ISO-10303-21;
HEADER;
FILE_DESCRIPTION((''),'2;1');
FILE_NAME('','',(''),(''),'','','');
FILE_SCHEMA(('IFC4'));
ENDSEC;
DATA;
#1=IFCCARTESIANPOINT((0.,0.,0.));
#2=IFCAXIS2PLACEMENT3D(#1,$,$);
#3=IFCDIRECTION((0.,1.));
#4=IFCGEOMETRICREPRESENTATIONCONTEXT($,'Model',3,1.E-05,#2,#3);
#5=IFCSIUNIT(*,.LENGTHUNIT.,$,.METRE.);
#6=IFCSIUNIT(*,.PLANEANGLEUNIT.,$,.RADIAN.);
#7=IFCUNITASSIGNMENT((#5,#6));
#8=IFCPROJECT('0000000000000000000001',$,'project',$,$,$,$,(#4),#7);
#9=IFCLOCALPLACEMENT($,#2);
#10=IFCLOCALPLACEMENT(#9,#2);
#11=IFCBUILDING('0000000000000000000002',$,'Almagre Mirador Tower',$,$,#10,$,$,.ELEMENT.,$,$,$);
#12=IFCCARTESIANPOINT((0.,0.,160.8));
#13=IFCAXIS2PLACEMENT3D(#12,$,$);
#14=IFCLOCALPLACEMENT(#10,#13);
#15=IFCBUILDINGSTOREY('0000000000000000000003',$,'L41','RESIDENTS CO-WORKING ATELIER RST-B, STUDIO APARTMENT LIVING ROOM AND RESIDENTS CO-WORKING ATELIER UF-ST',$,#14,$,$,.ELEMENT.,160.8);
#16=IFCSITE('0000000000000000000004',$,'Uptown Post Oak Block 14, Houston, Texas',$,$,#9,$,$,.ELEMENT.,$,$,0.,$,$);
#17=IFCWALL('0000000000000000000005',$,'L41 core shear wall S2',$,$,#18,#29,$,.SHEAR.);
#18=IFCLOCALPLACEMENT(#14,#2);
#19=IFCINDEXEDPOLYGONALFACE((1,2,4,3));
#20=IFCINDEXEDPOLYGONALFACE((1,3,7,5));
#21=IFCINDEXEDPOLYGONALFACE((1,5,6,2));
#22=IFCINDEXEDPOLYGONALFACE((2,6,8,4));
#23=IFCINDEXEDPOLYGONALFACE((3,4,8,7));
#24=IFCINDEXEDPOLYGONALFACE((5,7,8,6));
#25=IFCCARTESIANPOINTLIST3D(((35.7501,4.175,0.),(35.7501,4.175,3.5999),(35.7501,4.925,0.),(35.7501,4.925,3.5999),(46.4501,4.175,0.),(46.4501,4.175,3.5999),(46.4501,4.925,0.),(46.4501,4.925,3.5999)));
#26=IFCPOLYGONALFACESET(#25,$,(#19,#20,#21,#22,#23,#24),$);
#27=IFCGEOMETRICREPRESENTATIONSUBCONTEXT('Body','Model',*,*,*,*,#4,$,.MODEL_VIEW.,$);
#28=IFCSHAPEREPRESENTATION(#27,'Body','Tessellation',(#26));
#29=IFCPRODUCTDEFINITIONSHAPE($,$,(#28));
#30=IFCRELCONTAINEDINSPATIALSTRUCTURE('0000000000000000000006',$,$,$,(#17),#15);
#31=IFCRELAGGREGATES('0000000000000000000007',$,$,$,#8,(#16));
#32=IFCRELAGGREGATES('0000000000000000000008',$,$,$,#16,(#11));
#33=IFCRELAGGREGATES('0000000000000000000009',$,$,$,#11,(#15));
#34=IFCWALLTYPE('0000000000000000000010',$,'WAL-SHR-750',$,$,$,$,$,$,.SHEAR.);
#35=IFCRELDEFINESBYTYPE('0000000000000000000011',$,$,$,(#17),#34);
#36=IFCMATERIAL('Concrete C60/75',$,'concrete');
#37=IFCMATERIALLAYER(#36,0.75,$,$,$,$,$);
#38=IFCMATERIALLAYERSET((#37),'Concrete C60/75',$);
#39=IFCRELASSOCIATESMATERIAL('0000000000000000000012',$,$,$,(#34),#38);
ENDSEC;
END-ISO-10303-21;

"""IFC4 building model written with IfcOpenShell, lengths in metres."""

from ifc_helpers import new_model, si_unit, direction, frame, frame_2d, origin, place, context, subcontext, project, spatial, rectangle, extrude, material, layer, layer_set, type_object, element, save


model = new_model("IFC4")

# Units and contexts
model_context = context("Model", 3, precision=1e-05, world=origin(), true_north=direction((0.0, 1.0)))
body_context = subcontext(model_context, "Body", "Model", "MODEL_VIEW")
ifc_project = project(units=[si_unit("LENGTHUNIT", "METRE"), si_unit("PLANEANGLEUNIT", "RADIAN")], contexts=[model_context])

# Site, building, storey
site_placement = place(None, origin())
site = spatial("IfcSite", under=ifc_project, at=site_placement, Name="Uptown Post Oak Block 14, Houston, Texas", CompositionType="ELEMENT", RefElevation=0.0)
building_placement = place(site_placement, origin())
building = spatial("IfcBuilding", under=site, at=building_placement, Name="Almagre Mirador Tower", CompositionType="ELEMENT")
storey_placement = place(building_placement, frame((0.0, 0.0, 160.8)))
storey = spatial("IfcBuildingStorey", under=building, at=storey_placement, Name="L41", Description="RESIDENTS CO-WORKING ATELIER RST-B, STUDIO APARTMENT LIVING ROOM AND RESIDENTS CO-WORKING ATELIER UF-ST", CompositionType="ELEMENT", Elevation=160.8)

# Wall
ifc_material_1 = material(Name="Concrete C60/75", Category="concrete")
ifc_layer_1 = layer(ifc_material_1, 0.75)
ifc_layer_set_1 = layer_set([ifc_layer_1], Name="Concrete C60/75")
wall_type_1 = type_object("IfcWallType", Name="WAL-SHR-750", PredefinedType="SHEAR", material=ifc_layer_set_1)
wall_1_placement = place(storey_placement, frame((35.75, 4.55, 0.0), z_axis=(0.0, 0.0, 1.0), x_axis=(1.0, 0.0, 0.0)))
element("IfcWall", 1, at=wall_1_placement, inside=storey, type_object=wall_type_1, Name="L41 core shear wall S2", PredefinedType="SHEAR", context=body_context, shape_type="SweptSolid", body=[
    extrude(rectangle(XDim=10.7, YDim=0.75, at=frame_2d((5.3501, 0.0))), origin(), (0.0, 0.0, 1.0), 3.5999),
])

save(model, "model.ifc")
